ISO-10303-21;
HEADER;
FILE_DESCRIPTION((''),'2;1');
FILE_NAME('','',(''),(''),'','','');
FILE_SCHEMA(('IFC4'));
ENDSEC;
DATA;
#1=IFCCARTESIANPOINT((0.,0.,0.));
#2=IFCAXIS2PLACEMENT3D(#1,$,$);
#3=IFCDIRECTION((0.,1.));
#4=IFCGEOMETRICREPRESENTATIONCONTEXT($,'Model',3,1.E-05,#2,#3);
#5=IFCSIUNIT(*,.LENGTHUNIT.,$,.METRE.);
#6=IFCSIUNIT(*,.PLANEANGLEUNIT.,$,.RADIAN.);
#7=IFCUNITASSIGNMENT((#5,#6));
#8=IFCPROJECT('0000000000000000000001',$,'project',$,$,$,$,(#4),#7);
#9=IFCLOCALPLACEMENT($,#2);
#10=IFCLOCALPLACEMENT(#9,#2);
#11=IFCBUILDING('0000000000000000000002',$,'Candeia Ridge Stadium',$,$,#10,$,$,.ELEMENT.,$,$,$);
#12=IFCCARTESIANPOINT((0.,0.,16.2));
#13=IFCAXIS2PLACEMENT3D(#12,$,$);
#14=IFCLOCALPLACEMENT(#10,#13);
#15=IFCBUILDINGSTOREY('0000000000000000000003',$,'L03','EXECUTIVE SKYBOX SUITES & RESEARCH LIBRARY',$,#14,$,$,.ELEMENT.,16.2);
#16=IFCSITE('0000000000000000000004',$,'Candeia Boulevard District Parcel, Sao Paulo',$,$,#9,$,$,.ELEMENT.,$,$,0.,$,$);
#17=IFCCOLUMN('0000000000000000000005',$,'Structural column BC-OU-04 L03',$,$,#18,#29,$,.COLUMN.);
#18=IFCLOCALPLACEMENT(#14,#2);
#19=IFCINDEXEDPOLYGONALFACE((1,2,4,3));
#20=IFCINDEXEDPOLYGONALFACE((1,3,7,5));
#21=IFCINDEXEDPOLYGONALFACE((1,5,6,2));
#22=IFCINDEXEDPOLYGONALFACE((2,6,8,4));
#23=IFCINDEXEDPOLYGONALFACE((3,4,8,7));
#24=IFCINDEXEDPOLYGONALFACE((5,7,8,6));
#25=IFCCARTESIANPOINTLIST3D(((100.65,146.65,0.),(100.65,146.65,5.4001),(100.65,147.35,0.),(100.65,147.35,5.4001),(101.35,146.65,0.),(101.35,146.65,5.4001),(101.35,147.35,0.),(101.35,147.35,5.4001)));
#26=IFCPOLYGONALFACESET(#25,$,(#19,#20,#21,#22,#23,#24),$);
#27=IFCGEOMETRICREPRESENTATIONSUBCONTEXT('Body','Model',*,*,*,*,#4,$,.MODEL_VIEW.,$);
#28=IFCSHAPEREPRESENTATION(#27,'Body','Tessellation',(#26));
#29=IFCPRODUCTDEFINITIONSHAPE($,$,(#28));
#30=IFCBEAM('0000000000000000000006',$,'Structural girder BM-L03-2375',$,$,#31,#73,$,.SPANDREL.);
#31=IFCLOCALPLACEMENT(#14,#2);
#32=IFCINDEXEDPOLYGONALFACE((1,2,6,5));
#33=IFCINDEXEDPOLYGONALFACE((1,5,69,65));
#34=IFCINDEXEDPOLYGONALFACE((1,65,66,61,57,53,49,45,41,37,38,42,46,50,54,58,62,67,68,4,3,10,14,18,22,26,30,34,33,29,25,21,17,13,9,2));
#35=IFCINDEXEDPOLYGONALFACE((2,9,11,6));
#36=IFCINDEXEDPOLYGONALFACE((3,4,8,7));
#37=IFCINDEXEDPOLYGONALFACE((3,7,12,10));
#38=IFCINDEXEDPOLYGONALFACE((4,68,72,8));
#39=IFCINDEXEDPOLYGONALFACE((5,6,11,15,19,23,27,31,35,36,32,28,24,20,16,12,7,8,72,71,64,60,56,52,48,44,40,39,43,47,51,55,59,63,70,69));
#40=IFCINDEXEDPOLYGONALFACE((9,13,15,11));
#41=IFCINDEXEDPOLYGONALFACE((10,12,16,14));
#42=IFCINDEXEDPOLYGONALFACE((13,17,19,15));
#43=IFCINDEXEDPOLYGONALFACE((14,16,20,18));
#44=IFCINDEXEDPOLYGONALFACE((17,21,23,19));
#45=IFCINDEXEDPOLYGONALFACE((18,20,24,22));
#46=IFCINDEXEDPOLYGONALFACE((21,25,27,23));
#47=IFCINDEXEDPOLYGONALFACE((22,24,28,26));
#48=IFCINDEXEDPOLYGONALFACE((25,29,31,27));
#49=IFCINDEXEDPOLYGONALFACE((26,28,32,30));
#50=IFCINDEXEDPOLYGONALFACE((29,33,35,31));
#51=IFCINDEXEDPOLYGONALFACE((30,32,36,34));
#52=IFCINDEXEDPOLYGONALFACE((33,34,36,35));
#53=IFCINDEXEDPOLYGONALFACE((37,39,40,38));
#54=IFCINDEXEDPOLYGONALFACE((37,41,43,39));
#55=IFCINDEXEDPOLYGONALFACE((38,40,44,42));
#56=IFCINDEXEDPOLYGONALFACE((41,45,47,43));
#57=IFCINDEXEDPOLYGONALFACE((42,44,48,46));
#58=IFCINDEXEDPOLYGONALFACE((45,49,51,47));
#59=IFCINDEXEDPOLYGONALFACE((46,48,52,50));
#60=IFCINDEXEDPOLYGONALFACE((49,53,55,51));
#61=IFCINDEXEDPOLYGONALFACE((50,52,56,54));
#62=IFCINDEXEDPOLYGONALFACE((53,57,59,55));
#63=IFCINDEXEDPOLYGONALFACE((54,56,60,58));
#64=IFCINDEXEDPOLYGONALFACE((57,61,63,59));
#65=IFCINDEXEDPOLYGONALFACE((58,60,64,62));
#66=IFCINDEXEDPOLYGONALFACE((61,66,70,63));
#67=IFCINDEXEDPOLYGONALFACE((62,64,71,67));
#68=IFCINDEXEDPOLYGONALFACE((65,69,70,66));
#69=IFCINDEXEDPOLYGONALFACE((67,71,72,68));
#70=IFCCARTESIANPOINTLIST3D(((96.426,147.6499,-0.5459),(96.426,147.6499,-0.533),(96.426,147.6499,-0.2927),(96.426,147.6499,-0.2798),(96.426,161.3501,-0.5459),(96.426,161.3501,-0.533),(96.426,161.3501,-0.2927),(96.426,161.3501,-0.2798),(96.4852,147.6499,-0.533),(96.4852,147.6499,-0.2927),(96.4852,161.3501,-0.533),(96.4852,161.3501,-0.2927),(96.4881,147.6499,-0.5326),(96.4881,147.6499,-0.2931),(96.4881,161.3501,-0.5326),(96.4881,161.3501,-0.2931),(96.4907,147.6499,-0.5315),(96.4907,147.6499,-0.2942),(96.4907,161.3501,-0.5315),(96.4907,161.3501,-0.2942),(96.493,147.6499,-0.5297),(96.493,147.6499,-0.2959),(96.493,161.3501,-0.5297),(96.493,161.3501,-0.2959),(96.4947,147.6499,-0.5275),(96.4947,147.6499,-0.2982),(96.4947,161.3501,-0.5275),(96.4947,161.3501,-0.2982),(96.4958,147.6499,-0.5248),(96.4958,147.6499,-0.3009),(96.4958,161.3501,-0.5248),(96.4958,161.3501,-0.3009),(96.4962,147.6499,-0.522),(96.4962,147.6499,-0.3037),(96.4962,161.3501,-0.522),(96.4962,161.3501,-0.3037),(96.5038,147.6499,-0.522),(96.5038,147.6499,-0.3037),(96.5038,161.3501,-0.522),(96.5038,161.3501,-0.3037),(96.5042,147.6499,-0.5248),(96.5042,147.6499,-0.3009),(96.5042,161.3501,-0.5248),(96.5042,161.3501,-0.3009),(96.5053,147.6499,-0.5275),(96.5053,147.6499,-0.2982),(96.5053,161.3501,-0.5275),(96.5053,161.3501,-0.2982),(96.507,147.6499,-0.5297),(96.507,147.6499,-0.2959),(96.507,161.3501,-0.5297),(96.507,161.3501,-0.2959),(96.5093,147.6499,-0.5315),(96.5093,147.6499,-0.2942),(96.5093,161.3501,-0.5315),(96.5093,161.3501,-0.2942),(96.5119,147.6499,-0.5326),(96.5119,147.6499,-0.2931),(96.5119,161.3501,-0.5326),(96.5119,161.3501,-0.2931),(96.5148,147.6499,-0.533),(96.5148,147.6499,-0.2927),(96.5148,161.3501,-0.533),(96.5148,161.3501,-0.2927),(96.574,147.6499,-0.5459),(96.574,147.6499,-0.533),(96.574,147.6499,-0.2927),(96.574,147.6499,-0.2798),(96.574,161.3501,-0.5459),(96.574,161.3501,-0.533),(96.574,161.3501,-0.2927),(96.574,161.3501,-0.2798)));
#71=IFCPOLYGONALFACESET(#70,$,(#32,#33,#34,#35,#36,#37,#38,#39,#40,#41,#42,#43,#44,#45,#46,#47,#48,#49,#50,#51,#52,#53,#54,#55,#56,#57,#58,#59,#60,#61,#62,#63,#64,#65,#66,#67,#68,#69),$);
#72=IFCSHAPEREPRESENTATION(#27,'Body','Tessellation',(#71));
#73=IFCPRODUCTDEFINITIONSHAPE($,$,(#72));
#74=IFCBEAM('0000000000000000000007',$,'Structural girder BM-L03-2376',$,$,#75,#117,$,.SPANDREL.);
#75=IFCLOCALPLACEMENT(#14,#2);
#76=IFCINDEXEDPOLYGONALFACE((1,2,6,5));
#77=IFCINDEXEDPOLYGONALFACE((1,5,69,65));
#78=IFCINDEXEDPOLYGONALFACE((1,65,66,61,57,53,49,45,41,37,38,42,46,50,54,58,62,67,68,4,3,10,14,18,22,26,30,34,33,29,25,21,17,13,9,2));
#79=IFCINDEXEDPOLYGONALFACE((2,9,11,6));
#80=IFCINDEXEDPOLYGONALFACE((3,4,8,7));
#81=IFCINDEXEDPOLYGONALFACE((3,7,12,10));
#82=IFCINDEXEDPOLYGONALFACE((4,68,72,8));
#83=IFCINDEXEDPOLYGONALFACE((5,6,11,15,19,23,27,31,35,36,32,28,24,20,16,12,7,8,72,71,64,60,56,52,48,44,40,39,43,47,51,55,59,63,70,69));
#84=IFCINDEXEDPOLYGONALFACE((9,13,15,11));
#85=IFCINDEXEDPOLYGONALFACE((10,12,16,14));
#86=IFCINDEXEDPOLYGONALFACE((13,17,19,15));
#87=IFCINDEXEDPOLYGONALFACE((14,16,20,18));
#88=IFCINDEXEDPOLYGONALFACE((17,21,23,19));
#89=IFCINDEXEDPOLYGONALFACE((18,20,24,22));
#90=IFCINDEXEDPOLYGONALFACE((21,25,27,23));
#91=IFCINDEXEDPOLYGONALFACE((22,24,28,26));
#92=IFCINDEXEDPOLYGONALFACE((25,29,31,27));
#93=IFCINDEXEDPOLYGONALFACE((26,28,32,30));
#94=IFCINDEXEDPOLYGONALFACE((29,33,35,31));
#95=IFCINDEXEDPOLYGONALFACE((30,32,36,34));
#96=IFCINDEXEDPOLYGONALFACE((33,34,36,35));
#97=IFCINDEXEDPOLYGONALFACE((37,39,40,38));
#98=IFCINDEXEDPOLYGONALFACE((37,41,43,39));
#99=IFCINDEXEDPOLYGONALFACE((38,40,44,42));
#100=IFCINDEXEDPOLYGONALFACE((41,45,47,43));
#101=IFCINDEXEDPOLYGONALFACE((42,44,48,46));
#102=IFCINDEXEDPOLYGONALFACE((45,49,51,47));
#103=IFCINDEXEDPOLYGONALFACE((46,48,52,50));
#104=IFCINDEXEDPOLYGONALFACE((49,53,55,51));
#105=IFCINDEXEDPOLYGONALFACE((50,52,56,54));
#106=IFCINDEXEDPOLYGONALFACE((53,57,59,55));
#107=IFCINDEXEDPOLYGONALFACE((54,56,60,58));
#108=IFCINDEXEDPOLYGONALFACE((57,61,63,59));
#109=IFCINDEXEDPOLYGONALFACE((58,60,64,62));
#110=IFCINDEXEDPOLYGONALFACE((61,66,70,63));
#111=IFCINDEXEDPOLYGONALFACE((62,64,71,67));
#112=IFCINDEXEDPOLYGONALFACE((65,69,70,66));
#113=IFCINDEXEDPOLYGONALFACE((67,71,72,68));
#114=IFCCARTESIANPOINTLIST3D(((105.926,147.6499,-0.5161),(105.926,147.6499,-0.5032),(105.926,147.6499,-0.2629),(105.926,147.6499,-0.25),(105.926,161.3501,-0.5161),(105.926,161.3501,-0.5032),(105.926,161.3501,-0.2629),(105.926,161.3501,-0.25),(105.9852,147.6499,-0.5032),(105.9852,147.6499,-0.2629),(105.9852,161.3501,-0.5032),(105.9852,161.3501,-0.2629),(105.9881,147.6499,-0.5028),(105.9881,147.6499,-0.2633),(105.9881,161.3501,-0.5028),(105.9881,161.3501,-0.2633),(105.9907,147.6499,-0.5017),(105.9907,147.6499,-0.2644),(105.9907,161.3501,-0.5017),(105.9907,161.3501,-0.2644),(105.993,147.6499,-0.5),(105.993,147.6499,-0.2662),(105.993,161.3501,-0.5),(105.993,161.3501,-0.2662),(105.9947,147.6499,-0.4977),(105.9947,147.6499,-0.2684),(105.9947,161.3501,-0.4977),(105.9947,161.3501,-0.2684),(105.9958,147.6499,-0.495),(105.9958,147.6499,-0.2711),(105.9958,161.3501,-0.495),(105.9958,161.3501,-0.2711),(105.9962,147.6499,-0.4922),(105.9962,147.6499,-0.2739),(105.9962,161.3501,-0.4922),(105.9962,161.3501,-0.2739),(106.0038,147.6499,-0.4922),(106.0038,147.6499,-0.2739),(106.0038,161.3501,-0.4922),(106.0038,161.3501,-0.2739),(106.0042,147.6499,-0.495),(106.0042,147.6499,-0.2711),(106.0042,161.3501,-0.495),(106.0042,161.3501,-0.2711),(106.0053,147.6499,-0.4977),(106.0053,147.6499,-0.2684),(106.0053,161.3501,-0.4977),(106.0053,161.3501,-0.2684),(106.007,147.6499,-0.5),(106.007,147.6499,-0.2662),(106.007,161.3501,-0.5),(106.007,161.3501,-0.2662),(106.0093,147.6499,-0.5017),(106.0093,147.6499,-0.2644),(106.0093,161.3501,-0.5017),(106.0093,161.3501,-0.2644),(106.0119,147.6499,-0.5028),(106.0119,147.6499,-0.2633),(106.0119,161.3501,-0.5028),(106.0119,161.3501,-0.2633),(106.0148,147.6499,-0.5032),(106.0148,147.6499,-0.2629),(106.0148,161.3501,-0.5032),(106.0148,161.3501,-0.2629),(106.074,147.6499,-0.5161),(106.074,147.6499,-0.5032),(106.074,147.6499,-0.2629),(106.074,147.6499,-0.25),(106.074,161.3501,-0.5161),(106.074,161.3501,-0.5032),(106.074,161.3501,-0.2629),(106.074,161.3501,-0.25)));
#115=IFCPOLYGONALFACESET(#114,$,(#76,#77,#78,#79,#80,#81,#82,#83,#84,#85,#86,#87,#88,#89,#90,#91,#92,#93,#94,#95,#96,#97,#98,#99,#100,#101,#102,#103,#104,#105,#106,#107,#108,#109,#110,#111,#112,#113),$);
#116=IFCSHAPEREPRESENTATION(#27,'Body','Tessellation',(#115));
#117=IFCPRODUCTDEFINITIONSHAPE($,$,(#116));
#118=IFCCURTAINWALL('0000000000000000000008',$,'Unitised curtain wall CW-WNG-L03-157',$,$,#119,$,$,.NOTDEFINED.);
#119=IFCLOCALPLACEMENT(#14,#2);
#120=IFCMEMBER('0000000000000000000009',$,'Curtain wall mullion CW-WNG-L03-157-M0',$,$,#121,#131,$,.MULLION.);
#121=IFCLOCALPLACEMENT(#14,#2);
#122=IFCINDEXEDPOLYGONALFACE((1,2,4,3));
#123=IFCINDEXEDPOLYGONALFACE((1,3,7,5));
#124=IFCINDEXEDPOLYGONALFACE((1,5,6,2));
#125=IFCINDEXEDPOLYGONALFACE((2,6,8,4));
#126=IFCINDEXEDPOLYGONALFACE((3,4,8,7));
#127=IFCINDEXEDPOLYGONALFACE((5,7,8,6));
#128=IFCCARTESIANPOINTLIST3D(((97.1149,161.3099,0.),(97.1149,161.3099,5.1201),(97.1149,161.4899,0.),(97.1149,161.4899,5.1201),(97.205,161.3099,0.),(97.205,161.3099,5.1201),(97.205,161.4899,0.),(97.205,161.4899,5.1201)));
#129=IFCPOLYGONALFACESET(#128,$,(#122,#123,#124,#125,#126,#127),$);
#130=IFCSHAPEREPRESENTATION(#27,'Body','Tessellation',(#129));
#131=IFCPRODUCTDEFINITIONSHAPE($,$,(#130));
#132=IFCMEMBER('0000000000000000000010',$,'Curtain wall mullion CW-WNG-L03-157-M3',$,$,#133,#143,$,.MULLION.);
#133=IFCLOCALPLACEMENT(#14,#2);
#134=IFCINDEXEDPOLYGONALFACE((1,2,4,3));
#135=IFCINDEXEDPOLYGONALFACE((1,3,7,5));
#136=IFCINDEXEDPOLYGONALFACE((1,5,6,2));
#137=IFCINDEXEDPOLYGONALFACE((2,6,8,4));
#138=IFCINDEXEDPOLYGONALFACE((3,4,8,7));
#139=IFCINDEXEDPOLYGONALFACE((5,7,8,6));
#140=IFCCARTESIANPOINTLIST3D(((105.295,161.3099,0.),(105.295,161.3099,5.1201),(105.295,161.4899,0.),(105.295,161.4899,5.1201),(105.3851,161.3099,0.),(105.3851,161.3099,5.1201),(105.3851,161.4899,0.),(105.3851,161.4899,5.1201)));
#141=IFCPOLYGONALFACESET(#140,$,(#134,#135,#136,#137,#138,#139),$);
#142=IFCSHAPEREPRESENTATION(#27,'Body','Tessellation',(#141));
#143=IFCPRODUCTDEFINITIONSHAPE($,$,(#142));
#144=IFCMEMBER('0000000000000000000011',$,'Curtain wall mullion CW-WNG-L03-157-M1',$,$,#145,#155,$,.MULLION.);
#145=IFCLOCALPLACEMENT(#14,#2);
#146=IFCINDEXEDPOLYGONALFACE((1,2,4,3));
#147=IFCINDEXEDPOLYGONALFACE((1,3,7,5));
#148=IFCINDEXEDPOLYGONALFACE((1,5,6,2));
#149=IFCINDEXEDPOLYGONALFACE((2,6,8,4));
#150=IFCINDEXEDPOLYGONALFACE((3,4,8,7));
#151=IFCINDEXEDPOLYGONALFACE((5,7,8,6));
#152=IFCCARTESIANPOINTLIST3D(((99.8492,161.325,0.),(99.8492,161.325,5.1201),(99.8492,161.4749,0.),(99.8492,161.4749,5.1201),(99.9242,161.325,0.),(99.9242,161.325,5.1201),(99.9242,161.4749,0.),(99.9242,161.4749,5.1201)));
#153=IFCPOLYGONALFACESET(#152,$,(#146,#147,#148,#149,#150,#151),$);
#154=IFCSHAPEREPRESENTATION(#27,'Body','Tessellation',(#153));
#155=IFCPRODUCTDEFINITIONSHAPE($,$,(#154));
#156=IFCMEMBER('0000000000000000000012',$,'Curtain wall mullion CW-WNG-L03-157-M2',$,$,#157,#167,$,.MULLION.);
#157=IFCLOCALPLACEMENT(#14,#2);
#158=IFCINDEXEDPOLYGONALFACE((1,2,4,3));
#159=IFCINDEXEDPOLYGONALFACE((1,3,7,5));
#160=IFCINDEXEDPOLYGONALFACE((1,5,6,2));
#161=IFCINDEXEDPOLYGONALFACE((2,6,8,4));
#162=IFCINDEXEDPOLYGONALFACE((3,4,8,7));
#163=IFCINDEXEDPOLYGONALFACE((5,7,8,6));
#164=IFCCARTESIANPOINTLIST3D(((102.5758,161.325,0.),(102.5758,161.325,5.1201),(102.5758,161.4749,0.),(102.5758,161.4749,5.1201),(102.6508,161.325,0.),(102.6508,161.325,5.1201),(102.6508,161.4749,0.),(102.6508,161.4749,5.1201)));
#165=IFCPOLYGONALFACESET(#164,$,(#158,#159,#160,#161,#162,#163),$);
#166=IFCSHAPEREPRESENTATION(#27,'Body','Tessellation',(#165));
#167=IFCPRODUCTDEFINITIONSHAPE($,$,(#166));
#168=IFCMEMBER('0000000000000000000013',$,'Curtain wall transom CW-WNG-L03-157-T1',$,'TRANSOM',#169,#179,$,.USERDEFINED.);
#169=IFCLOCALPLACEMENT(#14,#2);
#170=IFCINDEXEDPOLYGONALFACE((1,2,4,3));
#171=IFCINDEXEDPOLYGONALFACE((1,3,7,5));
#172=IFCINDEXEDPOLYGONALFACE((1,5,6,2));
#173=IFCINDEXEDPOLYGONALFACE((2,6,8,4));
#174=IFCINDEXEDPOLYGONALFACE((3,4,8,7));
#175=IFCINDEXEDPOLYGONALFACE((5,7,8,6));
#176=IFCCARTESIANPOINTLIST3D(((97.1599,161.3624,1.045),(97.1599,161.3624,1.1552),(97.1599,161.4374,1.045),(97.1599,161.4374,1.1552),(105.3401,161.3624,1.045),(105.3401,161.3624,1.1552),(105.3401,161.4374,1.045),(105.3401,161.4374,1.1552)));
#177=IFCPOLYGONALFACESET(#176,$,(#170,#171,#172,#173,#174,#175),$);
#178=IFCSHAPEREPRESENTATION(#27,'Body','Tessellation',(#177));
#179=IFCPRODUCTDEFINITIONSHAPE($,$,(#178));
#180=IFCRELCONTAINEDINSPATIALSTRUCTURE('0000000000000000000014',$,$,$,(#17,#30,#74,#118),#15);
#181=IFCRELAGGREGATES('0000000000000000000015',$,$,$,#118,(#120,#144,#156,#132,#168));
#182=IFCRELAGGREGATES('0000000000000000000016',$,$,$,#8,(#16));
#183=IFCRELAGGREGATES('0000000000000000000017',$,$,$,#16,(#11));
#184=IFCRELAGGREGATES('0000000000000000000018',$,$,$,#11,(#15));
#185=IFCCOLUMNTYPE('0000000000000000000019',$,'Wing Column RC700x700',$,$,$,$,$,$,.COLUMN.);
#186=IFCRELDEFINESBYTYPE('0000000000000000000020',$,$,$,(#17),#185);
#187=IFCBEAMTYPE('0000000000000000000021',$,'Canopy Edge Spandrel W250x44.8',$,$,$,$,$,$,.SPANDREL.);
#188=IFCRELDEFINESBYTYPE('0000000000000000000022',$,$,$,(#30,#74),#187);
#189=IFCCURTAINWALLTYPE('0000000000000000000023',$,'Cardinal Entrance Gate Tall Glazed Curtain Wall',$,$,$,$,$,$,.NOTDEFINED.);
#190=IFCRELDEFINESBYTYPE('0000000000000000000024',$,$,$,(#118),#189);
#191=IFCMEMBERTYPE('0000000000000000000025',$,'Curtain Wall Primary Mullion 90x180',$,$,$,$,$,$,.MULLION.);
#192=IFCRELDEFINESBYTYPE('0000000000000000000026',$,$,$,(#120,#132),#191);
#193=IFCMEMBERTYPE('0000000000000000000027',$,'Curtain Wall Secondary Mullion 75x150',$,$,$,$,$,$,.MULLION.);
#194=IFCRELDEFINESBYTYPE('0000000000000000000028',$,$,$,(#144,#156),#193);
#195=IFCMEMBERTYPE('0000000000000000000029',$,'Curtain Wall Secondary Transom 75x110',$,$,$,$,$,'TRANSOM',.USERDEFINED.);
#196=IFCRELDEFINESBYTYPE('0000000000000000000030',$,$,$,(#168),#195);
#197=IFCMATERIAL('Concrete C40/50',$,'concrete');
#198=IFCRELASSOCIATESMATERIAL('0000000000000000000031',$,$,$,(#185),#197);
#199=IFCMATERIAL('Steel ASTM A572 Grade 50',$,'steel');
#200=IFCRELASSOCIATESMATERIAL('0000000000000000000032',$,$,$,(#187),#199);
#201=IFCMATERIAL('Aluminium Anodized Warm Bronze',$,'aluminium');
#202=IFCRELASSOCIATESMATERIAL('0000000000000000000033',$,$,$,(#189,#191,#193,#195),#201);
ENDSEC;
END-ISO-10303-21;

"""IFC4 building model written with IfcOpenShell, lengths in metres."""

from ifc_helpers import new_model, si_unit, direction, frame, origin, origin_2d, place, context, subcontext, project, spatial, rectangle, i_section, extrude, material, material_profile, profile_set, type_object, element, aggregate, save


model = new_model("IFC4")

# Units and contexts
model_context = context("Model", 3, precision=1e-05, world=origin(), true_north=direction((0.0, 1.0)))
body_context = subcontext(model_context, "Body", "Model", "MODEL_VIEW")
ifc_project = project(units=[si_unit("LENGTHUNIT", "METRE"), si_unit("PLANEANGLEUNIT", "RADIAN")], contexts=[model_context])

# Site, building, storey
site_placement = place(None, origin())
site = spatial("IfcSite", under=ifc_project, at=site_placement, Name="Candeia Boulevard District Parcel, Sao Paulo", CompositionType="ELEMENT", RefElevation=0.0)
building_placement = place(site_placement, origin())
building = spatial("IfcBuilding", under=site, at=building_placement, Name="Candeia Ridge Stadium", CompositionType="ELEMENT")
storey_placement = place(building_placement, frame((0.0, 0.0, 16.2)))
storey = spatial("IfcBuildingStorey", under=building, at=storey_placement, Name="L03", Description="EXECUTIVE SKYBOX SUITES & RESEARCH LIBRARY", CompositionType="ELEMENT", Elevation=16.2)

# Column
ifc_material_1 = material(Name="Concrete C40/50", Category="concrete")
ifc_material_profile_1 = material_profile(ifc_material_1, rectangle(XDim=0.7, YDim=0.7, at=origin_2d()), Name="RC700x700", Category="concrete")
ifc_profile_set_1 = profile_set([ifc_material_profile_1], Name="Concrete C40/50")
column_type = type_object("IfcColumnType", Name="Wing Column RC700x700", PredefinedType="COLUMN", material=ifc_profile_set_1)
column_placement = place(storey_placement, frame((101.0, 147.0, 0.0), z_axis=(0.0, 0.0, 1.0), x_axis=(1.0, 0.0, 0.0)))
element("IfcColumn", 1, at=column_placement, inside=storey, type_object=column_type, Name="Structural column BC-OU-04 L03", PredefinedType="COLUMN", context=body_context, shape_type="SweptSolid", body=[
    extrude(rectangle(XDim=0.7, YDim=0.7, at=origin_2d()), origin(), (0.0, 0.0, 1.0), 5.4001),
])

# Beams
ifc_material_2 = material(Name="Steel ASTM A572 Grade 50", Category="steel")
ifc_material_profile_2 = material_profile(ifc_material_2, i_section(OverallWidth=0.1479, OverallDepth=0.2661, WebThickness=0.0076, FlangeThickness=0.0129, FilletRadius=0.011, at=origin_2d()), Name="W250x44.8", Category="steel")
ifc_profile_set_2 = profile_set([ifc_material_profile_2], Name="Steel ASTM A572 Grade 50")
beam_type_1 = type_object("IfcBeamType", Name="Canopy Edge Spandrel W250x44.8", PredefinedType="SPANDREL", material=ifc_profile_set_2)
for number, where, z_axis, x_axis, name in (
    (2, (96.5, 147.6499, -0.4128), (0.0, 1.0, 0.0), (-1.0, 0.0, 0.0), "Structural girder BM-L03-2375"),
    (3, (106.0, 147.6499, -0.3831), (0.0, 1.0, 0.0), (-1.0, 0.0, 0.0), "Structural girder BM-L03-2376"),
):
    element("IfcBeam", number, at=place(storey_placement, frame(where, z_axis=z_axis, x_axis=x_axis)), inside=storey, type_object=beam_type_1, Name=name, PredefinedType="SPANDREL", context=body_context, shape_type="SweptSolid", body=[
        extrude(i_section(OverallWidth=0.1479, OverallDepth=0.2661, WebThickness=0.0076, FlangeThickness=0.0129, FilletRadius=0.011, at=origin_2d()), origin(), (0.0, 0.0, 1.0), 13.7002),
    ])

# Curtain wall, members
ifc_material_3 = material(Name="Aluminium Anodized Warm Bronze", Category="aluminium")
curtain_wall_type = type_object("IfcCurtainWallType", Name="Cardinal Entrance Gate Tall Glazed Curtain Wall", PredefinedType="NOTDEFINED", material=ifc_material_3)
curtain_wall_placement = place(storey_placement, origin())
curtain_wall = element("IfcCurtainWall", 4, at=curtain_wall_placement, inside=storey, type_object=curtain_wall_type, Name="Unitised curtain wall CW-WNG-L03-157", PredefinedType="NOTDEFINED")
ifc_material_profile_3 = material_profile(ifc_material_3, rectangle(XDim=0.0901, YDim=0.1799, at=origin_2d()), Name="CWM-90x180", Category="aluminium")
ifc_profile_set_3 = profile_set([ifc_material_profile_3], Name="Aluminium Anodized Warm Bronze")
member_type_1 = type_object("IfcMemberType", Name="Curtain Wall Primary Mullion 90x180", PredefinedType="MULLION", material=ifc_profile_set_3)
member_1_placement = place(storey_placement, frame((97.1599, 161.3999, 0.0), z_axis=(0.0, 0.0, 1.0), x_axis=(1.0, 0.0, 0.0)))
member_1 = element("IfcMember", 5, at=member_1_placement, type_object=member_type_1, Name="Curtain wall mullion CW-WNG-L03-157-M0", PredefinedType="MULLION", context=body_context, shape_type="SweptSolid", body=[
    extrude(rectangle(XDim=0.0901, YDim=0.1799, at=origin_2d()), origin(), (0.0, 0.0, 1.0), 5.1201),
])
member_2_placement = place(storey_placement, frame((105.3401, 161.3999, 0.0), z_axis=(0.0, 0.0, 1.0), x_axis=(1.0, 0.0, 0.0)))
member_2 = element("IfcMember", 6, at=member_2_placement, type_object=member_type_1, Name="Curtain wall mullion CW-WNG-L03-157-M3", PredefinedType="MULLION", context=body_context, shape_type="SweptSolid", body=[
    extrude(rectangle(XDim=0.0901, YDim=0.1799, at=origin_2d()), origin(), (0.0, 0.0, 1.0), 5.1201),
])
ifc_material_profile_4 = material_profile(ifc_material_3, rectangle(XDim=0.075, YDim=0.1499, at=origin_2d()), Name="CWM-75x150", Category="aluminium")
ifc_profile_set_4 = profile_set([ifc_material_profile_4], Name="Aluminium Anodized Warm Bronze")
member_type_2 = type_object("IfcMemberType", Name="Curtain Wall Secondary Mullion 75x150", PredefinedType="MULLION", material=ifc_profile_set_4)
member_3_placement = place(storey_placement, frame((99.8867, 161.3999, 0.0), z_axis=(0.0, 0.0, 1.0), x_axis=(1.0, 0.0, 0.0)))
member_3 = element("IfcMember", 7, at=member_3_placement, type_object=member_type_2, Name="Curtain wall mullion CW-WNG-L03-157-M1", PredefinedType="MULLION", context=body_context, shape_type="SweptSolid", body=[
    extrude(rectangle(XDim=0.075, YDim=0.1499, at=origin_2d()), origin(), (0.0, 0.0, 1.0), 5.1201),
])
member_4_placement = place(storey_placement, frame((102.6133, 161.3999, 0.0), z_axis=(0.0, 0.0, 1.0), x_axis=(1.0, 0.0, 0.0)))
member_4 = element("IfcMember", 8, at=member_4_placement, type_object=member_type_2, Name="Curtain wall mullion CW-WNG-L03-157-M2", PredefinedType="MULLION", context=body_context, shape_type="SweptSolid", body=[
    extrude(rectangle(XDim=0.075, YDim=0.1499, at=origin_2d()), origin(), (0.0, 0.0, 1.0), 5.1201),
])
ifc_material_profile_5 = material_profile(ifc_material_3, rectangle(XDim=0.075, YDim=0.1101, at=origin_2d()), Name="CWT-75x110", Category="aluminium")
ifc_profile_set_5 = profile_set([ifc_material_profile_5], Name="Aluminium Anodized Warm Bronze")
member_type_3 = type_object("IfcMemberType", Name="Curtain Wall Secondary Transom 75x110", ElementType="TRANSOM", PredefinedType="USERDEFINED", material=ifc_profile_set_5)
member_5_placement = place(storey_placement, frame((97.1599, 161.3999, 1.1001), z_axis=(1.0, 0.0, 0.0), x_axis=(0.0, 1.0, 0.0)))
member_5 = element("IfcMember", 9, at=member_5_placement, type_object=member_type_3, Name="Curtain wall transom CW-WNG-L03-157-T1", ObjectType="TRANSOM", PredefinedType="USERDEFINED", context=body_context, shape_type="SweptSolid", body=[
    extrude(rectangle(XDim=0.075, YDim=0.1101, at=origin_2d()), origin(), (0.0, 0.0, 1.0), 8.1802),
])

aggregate(curtain_wall, [member_1, member_3, member_4, member_2, member_5])

save(model, "model.ifc")
